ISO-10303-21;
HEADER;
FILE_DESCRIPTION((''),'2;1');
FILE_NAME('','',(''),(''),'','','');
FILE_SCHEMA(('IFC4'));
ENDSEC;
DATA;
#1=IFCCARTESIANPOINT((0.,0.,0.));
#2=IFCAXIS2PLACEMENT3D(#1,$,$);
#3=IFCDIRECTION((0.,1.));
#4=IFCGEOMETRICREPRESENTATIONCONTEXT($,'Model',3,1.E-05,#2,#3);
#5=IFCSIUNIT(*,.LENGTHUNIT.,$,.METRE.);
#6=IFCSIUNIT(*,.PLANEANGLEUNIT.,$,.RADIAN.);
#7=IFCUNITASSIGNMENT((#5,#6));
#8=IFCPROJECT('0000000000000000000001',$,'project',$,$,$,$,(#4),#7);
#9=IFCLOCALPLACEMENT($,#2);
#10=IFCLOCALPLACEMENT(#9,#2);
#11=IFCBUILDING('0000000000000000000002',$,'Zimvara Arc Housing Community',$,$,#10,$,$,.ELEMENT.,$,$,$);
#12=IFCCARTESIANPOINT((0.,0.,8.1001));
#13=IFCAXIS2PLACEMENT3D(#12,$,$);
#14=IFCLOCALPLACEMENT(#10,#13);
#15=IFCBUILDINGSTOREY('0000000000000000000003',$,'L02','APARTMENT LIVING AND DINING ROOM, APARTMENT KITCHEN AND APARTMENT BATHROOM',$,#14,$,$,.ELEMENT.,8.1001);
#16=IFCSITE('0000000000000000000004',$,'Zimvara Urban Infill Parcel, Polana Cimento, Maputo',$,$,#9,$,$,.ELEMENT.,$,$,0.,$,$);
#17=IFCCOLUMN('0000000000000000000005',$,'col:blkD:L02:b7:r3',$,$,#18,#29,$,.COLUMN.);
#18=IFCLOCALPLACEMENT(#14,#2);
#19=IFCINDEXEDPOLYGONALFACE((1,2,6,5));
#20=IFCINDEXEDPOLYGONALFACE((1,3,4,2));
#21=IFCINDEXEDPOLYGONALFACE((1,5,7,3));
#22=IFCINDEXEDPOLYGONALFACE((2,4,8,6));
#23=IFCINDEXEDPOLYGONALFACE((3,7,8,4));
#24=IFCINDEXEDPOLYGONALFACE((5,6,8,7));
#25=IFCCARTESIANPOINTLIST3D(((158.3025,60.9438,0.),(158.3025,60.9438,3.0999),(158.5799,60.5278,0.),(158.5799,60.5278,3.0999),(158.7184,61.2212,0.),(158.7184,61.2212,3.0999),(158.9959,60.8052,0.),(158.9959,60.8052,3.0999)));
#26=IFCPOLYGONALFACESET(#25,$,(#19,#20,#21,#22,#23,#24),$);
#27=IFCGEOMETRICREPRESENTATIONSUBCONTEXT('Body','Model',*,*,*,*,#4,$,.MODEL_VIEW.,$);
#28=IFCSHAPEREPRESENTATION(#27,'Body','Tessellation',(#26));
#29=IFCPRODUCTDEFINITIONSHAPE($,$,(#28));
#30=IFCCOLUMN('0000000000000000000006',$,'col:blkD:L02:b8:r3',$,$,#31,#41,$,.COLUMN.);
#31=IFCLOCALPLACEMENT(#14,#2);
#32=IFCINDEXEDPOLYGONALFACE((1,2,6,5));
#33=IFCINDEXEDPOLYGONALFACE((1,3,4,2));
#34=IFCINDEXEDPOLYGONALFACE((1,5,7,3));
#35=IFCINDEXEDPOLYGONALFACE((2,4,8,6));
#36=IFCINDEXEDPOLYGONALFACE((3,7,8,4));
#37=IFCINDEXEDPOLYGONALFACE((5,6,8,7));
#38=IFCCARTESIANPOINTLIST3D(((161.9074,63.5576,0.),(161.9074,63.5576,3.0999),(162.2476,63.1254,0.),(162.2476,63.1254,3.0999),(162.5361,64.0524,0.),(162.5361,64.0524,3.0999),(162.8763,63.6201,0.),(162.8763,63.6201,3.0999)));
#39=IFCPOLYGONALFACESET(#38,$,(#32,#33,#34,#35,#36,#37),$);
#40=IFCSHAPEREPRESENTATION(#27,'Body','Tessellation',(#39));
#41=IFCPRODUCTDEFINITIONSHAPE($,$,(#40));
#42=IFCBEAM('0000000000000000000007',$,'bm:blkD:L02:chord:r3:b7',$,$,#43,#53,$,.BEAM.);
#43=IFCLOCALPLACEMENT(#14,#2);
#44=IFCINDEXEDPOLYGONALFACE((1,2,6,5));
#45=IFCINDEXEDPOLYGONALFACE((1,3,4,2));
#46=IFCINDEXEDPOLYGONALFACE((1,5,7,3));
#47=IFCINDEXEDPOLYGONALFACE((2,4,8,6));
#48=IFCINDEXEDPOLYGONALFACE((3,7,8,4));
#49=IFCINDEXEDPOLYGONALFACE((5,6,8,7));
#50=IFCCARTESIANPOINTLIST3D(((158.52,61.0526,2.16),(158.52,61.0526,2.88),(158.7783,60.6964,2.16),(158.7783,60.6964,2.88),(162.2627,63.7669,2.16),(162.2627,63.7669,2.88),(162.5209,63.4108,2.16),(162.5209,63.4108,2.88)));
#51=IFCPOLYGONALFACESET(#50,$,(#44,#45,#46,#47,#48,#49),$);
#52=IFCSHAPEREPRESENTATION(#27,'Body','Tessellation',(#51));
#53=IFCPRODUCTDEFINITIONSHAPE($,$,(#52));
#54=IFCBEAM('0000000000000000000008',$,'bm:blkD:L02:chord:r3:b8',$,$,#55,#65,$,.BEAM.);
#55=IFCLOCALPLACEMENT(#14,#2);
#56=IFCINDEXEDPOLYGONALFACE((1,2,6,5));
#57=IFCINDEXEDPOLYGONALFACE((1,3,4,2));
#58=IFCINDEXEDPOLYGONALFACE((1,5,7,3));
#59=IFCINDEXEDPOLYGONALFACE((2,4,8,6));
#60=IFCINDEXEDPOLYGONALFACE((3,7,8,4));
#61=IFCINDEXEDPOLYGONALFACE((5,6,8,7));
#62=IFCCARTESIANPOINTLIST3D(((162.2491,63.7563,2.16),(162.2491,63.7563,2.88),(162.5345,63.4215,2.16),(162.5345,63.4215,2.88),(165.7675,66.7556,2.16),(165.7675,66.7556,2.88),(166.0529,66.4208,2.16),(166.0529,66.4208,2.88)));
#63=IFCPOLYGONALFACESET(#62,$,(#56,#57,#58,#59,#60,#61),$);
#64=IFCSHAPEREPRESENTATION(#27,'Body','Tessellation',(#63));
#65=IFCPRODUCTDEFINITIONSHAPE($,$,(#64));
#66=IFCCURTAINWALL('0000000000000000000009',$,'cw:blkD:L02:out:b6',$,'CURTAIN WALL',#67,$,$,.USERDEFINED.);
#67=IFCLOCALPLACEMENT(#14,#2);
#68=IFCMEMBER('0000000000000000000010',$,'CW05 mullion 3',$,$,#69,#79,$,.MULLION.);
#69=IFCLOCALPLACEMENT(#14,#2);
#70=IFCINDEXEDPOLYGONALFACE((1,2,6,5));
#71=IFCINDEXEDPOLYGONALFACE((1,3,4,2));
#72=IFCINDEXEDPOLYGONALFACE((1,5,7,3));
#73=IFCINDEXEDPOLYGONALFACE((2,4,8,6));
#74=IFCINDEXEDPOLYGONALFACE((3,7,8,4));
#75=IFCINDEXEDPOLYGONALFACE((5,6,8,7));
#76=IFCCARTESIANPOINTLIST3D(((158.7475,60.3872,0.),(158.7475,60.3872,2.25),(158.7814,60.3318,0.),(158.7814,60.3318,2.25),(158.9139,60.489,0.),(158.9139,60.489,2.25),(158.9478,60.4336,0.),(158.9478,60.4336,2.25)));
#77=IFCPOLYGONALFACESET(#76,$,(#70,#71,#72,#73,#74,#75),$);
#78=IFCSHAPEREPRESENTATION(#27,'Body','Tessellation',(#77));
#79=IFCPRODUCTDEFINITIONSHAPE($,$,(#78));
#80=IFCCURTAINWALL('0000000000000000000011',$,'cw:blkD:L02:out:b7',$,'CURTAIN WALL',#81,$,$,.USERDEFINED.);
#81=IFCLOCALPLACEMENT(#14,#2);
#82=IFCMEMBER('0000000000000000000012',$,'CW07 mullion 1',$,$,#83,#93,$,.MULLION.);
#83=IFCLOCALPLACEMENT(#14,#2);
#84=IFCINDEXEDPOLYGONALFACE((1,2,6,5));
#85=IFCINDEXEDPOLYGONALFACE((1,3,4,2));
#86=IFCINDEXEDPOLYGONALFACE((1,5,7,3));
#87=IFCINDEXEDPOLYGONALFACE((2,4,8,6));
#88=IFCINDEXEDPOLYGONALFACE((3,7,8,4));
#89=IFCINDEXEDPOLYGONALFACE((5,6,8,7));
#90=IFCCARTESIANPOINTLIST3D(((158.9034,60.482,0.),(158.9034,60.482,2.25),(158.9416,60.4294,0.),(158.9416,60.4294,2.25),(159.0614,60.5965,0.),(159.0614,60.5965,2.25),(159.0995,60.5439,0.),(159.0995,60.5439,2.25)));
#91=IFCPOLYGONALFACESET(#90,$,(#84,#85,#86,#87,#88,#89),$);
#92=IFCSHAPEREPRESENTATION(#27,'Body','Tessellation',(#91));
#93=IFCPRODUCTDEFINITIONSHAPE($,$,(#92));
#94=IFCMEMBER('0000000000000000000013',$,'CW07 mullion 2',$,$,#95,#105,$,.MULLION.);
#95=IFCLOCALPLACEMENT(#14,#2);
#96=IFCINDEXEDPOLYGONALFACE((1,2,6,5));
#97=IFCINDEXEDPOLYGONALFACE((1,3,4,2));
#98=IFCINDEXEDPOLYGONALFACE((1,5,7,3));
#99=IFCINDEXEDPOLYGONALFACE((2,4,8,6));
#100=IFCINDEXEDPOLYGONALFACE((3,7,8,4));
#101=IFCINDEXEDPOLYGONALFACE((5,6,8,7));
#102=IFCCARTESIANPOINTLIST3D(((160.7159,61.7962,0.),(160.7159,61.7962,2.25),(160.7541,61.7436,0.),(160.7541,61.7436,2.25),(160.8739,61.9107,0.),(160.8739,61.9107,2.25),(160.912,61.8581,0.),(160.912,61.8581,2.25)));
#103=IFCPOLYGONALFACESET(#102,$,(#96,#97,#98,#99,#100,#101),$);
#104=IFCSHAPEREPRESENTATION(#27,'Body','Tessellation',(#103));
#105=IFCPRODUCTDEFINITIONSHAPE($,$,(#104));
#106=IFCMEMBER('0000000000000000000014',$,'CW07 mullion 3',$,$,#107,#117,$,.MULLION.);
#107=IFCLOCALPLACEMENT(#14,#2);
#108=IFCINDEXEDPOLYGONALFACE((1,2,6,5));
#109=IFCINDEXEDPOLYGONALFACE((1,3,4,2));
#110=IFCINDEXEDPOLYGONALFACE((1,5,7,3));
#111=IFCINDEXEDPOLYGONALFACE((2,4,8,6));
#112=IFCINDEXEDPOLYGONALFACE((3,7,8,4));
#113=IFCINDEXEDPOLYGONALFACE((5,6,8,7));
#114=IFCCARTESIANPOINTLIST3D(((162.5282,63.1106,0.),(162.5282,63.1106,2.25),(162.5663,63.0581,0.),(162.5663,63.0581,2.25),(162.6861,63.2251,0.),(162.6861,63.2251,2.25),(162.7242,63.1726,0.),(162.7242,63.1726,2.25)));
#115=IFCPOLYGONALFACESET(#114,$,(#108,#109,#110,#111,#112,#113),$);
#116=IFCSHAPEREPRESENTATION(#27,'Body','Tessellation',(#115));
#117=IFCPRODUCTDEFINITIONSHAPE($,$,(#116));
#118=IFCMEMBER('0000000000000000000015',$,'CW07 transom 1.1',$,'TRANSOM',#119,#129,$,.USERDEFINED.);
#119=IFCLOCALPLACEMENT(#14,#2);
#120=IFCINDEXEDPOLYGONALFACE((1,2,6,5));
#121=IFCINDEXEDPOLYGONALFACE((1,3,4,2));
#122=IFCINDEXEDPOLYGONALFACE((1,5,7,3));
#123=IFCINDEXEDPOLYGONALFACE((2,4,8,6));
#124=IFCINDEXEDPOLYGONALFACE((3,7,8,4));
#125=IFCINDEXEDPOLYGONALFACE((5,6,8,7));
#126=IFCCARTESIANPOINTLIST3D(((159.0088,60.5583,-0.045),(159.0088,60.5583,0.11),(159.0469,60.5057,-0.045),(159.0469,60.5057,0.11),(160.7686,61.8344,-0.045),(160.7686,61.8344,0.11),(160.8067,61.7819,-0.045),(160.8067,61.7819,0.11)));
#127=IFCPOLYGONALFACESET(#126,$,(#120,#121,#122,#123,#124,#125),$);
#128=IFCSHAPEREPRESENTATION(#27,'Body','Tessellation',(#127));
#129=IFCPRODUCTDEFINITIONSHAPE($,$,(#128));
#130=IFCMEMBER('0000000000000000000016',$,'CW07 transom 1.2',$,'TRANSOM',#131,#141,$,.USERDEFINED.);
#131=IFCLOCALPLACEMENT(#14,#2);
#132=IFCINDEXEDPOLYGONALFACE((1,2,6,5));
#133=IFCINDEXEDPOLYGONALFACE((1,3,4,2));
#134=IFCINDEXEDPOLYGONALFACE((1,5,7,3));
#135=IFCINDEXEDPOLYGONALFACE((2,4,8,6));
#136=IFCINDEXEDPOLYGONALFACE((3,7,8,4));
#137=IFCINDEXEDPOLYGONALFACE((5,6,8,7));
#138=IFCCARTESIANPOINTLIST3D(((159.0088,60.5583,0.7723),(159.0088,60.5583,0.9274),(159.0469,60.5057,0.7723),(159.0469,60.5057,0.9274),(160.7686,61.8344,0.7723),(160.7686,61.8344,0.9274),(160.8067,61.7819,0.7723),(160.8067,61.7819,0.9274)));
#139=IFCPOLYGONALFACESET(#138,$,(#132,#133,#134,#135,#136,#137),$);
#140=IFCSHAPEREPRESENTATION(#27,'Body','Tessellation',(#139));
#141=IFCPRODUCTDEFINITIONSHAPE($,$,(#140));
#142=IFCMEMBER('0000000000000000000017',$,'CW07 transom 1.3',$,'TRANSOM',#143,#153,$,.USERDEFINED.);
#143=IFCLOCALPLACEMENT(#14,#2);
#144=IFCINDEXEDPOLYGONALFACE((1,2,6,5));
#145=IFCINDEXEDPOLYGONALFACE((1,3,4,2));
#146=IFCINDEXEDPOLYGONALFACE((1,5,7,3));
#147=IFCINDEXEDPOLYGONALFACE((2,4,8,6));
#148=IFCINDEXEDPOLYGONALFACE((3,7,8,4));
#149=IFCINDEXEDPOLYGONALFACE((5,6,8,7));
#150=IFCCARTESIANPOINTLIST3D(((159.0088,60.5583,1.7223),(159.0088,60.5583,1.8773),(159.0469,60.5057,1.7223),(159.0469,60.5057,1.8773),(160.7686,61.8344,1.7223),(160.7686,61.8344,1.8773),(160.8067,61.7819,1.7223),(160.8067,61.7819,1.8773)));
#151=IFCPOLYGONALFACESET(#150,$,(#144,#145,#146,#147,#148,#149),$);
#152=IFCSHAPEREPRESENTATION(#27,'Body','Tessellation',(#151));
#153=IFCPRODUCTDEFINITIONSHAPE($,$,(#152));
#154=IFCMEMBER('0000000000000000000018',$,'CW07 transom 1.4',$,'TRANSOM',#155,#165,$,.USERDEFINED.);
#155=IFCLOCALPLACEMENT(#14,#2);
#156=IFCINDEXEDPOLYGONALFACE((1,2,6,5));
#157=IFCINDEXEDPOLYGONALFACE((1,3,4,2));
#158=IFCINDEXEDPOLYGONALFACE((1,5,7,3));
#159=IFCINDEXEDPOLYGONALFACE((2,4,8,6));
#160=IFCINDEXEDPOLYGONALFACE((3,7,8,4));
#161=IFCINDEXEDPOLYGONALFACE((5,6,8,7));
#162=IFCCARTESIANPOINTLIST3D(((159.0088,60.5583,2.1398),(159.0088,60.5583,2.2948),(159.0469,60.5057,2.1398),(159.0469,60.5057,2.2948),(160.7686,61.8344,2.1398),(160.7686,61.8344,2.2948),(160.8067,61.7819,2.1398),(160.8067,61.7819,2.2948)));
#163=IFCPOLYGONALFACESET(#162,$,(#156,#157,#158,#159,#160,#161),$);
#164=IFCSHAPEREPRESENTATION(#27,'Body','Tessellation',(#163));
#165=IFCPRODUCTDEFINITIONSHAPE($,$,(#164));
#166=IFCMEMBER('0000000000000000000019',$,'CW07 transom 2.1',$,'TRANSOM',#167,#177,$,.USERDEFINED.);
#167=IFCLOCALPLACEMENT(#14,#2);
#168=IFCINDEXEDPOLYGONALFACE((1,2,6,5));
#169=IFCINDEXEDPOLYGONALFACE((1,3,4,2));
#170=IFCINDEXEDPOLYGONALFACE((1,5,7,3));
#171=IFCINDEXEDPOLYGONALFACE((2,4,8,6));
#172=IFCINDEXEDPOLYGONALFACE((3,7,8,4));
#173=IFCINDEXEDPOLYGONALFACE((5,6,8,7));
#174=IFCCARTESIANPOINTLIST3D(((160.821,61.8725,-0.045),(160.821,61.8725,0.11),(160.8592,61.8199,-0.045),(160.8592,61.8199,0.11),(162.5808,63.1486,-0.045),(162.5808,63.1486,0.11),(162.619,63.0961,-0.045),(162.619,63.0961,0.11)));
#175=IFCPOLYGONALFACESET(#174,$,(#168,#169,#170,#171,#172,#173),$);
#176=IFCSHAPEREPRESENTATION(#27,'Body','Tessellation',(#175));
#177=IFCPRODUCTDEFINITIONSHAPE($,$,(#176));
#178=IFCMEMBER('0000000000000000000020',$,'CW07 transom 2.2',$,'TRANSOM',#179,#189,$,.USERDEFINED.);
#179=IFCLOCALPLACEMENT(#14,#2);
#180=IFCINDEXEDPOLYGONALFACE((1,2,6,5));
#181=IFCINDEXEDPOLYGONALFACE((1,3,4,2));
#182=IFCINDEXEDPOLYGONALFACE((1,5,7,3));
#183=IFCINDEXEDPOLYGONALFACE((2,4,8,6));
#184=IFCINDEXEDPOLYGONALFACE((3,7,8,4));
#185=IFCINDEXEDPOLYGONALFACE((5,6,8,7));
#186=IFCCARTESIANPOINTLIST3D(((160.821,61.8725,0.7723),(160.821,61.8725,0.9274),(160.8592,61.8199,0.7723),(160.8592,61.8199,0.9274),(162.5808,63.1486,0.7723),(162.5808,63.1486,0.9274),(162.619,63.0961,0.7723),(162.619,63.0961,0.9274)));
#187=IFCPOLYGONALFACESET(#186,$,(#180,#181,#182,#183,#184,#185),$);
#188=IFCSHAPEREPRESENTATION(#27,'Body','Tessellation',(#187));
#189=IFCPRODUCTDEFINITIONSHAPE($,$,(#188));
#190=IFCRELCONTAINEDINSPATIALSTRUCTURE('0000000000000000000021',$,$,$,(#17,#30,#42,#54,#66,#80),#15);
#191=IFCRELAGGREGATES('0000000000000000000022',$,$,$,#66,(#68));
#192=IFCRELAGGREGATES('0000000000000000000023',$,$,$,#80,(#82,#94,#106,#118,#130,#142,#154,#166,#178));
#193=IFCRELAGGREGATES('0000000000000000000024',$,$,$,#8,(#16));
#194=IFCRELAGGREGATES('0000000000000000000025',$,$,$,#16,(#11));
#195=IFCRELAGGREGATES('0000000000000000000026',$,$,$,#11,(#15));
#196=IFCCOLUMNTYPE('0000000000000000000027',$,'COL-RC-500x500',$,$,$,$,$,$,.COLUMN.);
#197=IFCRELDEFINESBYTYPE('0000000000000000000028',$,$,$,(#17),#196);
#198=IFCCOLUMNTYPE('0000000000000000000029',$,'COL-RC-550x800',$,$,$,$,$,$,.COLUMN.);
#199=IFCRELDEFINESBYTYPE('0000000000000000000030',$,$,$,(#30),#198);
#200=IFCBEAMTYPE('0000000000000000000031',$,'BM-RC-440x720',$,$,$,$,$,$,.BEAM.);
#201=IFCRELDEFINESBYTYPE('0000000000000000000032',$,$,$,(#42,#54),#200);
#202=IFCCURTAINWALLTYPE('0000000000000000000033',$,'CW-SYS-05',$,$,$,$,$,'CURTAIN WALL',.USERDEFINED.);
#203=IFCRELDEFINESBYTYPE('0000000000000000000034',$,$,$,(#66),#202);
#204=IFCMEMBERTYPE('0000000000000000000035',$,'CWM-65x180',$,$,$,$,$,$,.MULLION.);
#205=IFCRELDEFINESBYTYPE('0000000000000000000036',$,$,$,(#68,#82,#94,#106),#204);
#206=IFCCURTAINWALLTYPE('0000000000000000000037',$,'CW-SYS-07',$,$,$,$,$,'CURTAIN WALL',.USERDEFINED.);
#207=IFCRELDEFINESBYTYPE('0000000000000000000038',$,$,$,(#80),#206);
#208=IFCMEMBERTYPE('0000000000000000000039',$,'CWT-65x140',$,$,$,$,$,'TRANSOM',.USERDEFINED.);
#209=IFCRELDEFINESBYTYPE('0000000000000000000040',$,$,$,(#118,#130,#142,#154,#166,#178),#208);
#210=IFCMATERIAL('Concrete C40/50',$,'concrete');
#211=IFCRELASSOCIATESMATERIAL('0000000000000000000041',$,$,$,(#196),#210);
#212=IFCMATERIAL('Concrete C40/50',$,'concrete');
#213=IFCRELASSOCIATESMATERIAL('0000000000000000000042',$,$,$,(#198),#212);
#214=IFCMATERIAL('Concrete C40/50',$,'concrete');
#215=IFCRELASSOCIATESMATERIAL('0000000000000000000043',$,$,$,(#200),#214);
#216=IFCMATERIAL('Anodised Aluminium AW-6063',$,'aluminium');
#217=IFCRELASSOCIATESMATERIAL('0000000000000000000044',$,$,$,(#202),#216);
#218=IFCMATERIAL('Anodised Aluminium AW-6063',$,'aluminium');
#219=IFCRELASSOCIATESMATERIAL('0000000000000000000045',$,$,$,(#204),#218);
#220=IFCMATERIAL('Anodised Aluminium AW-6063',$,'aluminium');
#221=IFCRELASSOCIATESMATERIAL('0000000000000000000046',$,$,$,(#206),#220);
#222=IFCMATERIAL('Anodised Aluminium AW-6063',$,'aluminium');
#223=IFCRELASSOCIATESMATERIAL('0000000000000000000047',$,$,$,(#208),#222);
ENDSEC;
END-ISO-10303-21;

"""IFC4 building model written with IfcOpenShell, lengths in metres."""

from ifc_helpers import new_model, si_unit, direction, frame, origin, origin_2d, place, context, subcontext, project, spatial, rectangle, extrude, material, material_profile, profile_set, type_object, element, aggregate, save


model = new_model("IFC4")

# Units and contexts
model_context = context("Model", 3, precision=1e-05, world=origin(), true_north=direction((0.0, 1.0)))
body_context = subcontext(model_context, "Body", "Model", "MODEL_VIEW")
ifc_project = project(units=[si_unit("LENGTHUNIT", "METRE"), si_unit("PLANEANGLEUNIT", "RADIAN")], contexts=[model_context])

# Site, building, storey
site_placement = place(None, origin())
site = spatial("IfcSite", under=ifc_project, at=site_placement, Name="Zimvara Urban Infill Parcel, Polana Cimento, Maputo", CompositionType="ELEMENT", RefElevation=0.0)
building_placement = place(site_placement, origin())
building = spatial("IfcBuilding", under=site, at=building_placement, Name="Zimvara Arc Housing Community", CompositionType="ELEMENT")
storey_placement = place(building_placement, frame((0.0, 0.0, 8.1001)))
storey = spatial("IfcBuildingStorey", under=building, at=storey_placement, Name="L02", Description="APARTMENT LIVING AND DINING ROOM, APARTMENT KITCHEN AND APARTMENT BATHROOM", CompositionType="ELEMENT", Elevation=8.1001)

# Columns
ifc_material_1 = material(Name="Concrete C40/50", Category="concrete")
ifc_material_profile_1 = material_profile(ifc_material_1, rectangle(XDim=0.5, YDim=0.5, at=origin_2d()), Name="RC 500x500")
ifc_profile_set_1 = profile_set([ifc_material_profile_1], Name="Concrete C40/50")
column_type_1 = type_object("IfcColumnType", Name="COL-RC-500x500", PredefinedType="COLUMN", material=ifc_profile_set_1)
column_1_placement = place(storey_placement, frame((158.6492, 60.8745, 0.0), z_axis=(0.0, 0.0, 1.0), x_axis=(0.554844, -0.831954, 0.0)))
element("IfcColumn", 1, at=column_1_placement, inside=storey, type_object=column_type_1, Name="col:blkD:L02:b7:r3", PredefinedType="COLUMN", context=body_context, shape_type="SweptSolid", body=[
    extrude(rectangle(XDim=0.5, YDim=0.5, at=origin_2d()), origin(), (0.0, 0.0, 1.0), 3.0999),
])
ifc_material_2 = material(Name="Concrete C40/50", Category="concrete")
ifc_material_profile_2 = material_profile(ifc_material_2, rectangle(XDim=0.55, YDim=0.8, at=origin_2d()), Name="RC 550x800")
ifc_profile_set_2 = profile_set([ifc_material_profile_2], Name="Concrete C40/50")
column_type_2 = type_object("IfcColumnType", Name="COL-RC-550x800", PredefinedType="COLUMN", material=ifc_profile_set_2)
column_2_placement = place(storey_placement, frame((162.3918, 63.5889, 0.0), z_axis=(0.0, 0.0, 1.0), x_axis=(0.618408, -0.785857, 0.0)))
element("IfcColumn", 2, at=column_2_placement, inside=storey, type_object=column_type_2, Name="col:blkD:L02:b8:r3", PredefinedType="COLUMN", context=body_context, shape_type="SweptSolid", body=[
    extrude(rectangle(XDim=0.55, YDim=0.8, at=origin_2d()), origin(), (0.0, 0.0, 1.0), 3.0999),
])

# Beams
ifc_material_3 = material(Name="Concrete C40/50", Category="concrete")
ifc_material_profile_3 = material_profile(ifc_material_3, rectangle(XDim=0.4399, YDim=0.72, at=origin_2d()), Name="RC 440x720")
ifc_profile_set_3 = profile_set([ifc_material_profile_3], Name="Concrete C40/50")
beam_type = type_object("IfcBeamType", Name="BM-RC-440x720", PredefinedType="BEAM", material=ifc_profile_set_3)
for number, where, z_axis, x_axis, name in (
    (3, (158.6492, 60.8745, 2.52), (0.809516, 0.587097, 0.0), (-0.587097, 0.809516, 0.0), "bm:blkD:L02:chord:r3:b7"),
    (4, (162.3918, 63.5889, 2.52), (0.76101, 0.648741, 0.0), (-0.648741, 0.76101, 0.0), "bm:blkD:L02:chord:r3:b8"),
):
    element("IfcBeam", number, at=place(storey_placement, frame(where, z_axis=z_axis, x_axis=x_axis)), inside=storey, type_object=beam_type, Name=name, PredefinedType="BEAM", context=body_context, shape_type="SweptSolid", body=[
        extrude(rectangle(XDim=0.4399, YDim=0.72, at=origin_2d()), origin(), (0.0, 0.0, 1.0), 4.6233),
    ])

# Curtain wall, member
ifc_material_4 = material(Name="Anodised Aluminium AW-6063", Category="aluminium")
curtain_wall_type_1 = type_object("IfcCurtainWallType", Name="CW-SYS-05", ElementType="CURTAIN WALL", PredefinedType="USERDEFINED", material=ifc_material_4)
curtain_wall_1_placement = place(storey_placement, origin())
curtain_wall_1 = element("IfcCurtainWall", 5, at=curtain_wall_1_placement, inside=storey, type_object=curtain_wall_type_1, Name="cw:blkD:L02:out:b6", ObjectType="CURTAIN WALL", PredefinedType="USERDEFINED")
ifc_material_5 = material(Name="Anodised Aluminium AW-6063", Category="aluminium")
ifc_material_profile_4 = material_profile(ifc_material_5, rectangle(XDim=0.0649, YDim=0.1951, at=origin_2d()), Name="ALU 65x195")
ifc_profile_set_4 = profile_set([ifc_material_profile_4], Name="Anodised Aluminium AW-6063")
member_type_1 = type_object("IfcMemberType", Name="CWM-65x180", PredefinedType="MULLION", material=ifc_profile_set_4)
member_1_placement = place(storey_placement, frame((158.8477, 60.4104, 0.0), z_axis=(0.0, 0.0, 1.0), x_axis=(-0.521754, 0.853096, 0.0)))
member_1 = element("IfcMember", 6, at=member_1_placement, type_object=member_type_1, Name="CW05 mullion 3", PredefinedType="MULLION", context=body_context, shape_type="SweptSolid", body=[
    extrude(rectangle(XDim=0.0649, YDim=0.1951, at=origin_2d()), origin(), (0.0, 0.0, 1.0), 2.25),
])

# Curtain wall, members
ifc_material_6 = material(Name="Anodised Aluminium AW-6063", Category="aluminium")
curtain_wall_type_2 = type_object("IfcCurtainWallType", Name="CW-SYS-07", ElementType="CURTAIN WALL", PredefinedType="USERDEFINED", material=ifc_material_6)
curtain_wall_2_placement = place(storey_placement, origin())
curtain_wall_2 = element("IfcCurtainWall", 7, at=curtain_wall_2_placement, inside=storey, type_object=curtain_wall_type_2, Name="cw:blkD:L02:out:b7", ObjectType="CURTAIN WALL", PredefinedType="USERDEFINED")
member_2_placement = place(storey_placement, frame((159.0015, 60.5129, 0.0), z_axis=(0.0, 0.0, 1.0), x_axis=(-0.587078, 0.80953, 0.0)))
member_2 = element("IfcMember", 8, at=member_2_placement, type_object=member_type_1, Name="CW07 mullion 1", PredefinedType="MULLION", context=body_context, shape_type="SweptSolid", body=[
    extrude(rectangle(XDim=0.0649, YDim=0.1951, at=origin_2d()), origin(), (0.0, 0.0, 1.0), 2.25),
])
member_3_placement = place(storey_placement, frame((160.814, 61.8271, 0.0), z_axis=(0.0, 0.0, 1.0), x_axis=(-0.587078, 0.80953, 0.0)))
member_3 = element("IfcMember", 9, at=member_3_placement, type_object=member_type_1, Name="CW07 mullion 2", PredefinedType="MULLION", context=body_context, shape_type="SweptSolid", body=[
    extrude(rectangle(XDim=0.0649, YDim=0.1951, at=origin_2d()), origin(), (0.0, 0.0, 1.0), 2.25),
])
member_4_placement = place(storey_placement, frame((162.6262, 63.1416, 0.0), z_axis=(0.0, 0.0, 1.0), x_axis=(-0.587078, 0.80953, 0.0)))
member_4 = element("IfcMember", 10, at=member_4_placement, type_object=member_type_1, Name="CW07 mullion 3", PredefinedType="MULLION", context=body_context, shape_type="SweptSolid", body=[
    extrude(rectangle(XDim=0.0649, YDim=0.1951, at=origin_2d()), origin(), (0.0, 0.0, 1.0), 2.25),
])
ifc_material_7 = material(Name="Anodised Aluminium AW-6063", Category="aluminium")
ifc_material_profile_5 = material_profile(ifc_material_7, rectangle(XDim=0.0649, YDim=0.155, at=origin_2d()), Name="ALU 65x155")
ifc_profile_set_5 = profile_set([ifc_material_profile_5], Name="Anodised Aluminium AW-6063")
member_type_2 = type_object("IfcMemberType", Name="CWT-65x140", ElementType="TRANSOM", PredefinedType="USERDEFINED", material=ifc_profile_set_5)
member_5_placement = place(storey_placement, frame((159.0278, 60.532, 0.0325), z_axis=(0.809546, 0.587056, 0.0), x_axis=(-0.587056, 0.809546, 0.0)))
member_5 = element("IfcMember", 11, at=member_5_placement, type_object=member_type_2, Name="CW07 transom 1.1", ObjectType="TRANSOM", PredefinedType="USERDEFINED", context=body_context, shape_type="SweptSolid", body=[
    extrude(rectangle(XDim=0.0649, YDim=0.155, at=origin_2d()), origin(), (0.0, 0.0, 1.0), 2.1738),
])
member_6_placement = place(storey_placement, frame((159.0278, 60.532, 0.8499), z_axis=(0.809546, 0.587056, 0.0), x_axis=(-0.587056, 0.809546, 0.0)))
member_6 = element("IfcMember", 12, at=member_6_placement, type_object=member_type_2, Name="CW07 transom 1.2", ObjectType="TRANSOM", PredefinedType="USERDEFINED", context=body_context, shape_type="SweptSolid", body=[
    extrude(rectangle(XDim=0.0649, YDim=0.155, at=origin_2d()), origin(), (0.0, 0.0, 1.0), 2.1738),
])
member_7_placement = place(storey_placement, frame((159.0278, 60.532, 1.7998), z_axis=(0.809546, 0.587056, 0.0), x_axis=(-0.587056, 0.809546, 0.0)))
member_7 = element("IfcMember", 13, at=member_7_placement, type_object=member_type_2, Name="CW07 transom 1.3", ObjectType="TRANSOM", PredefinedType="USERDEFINED", context=body_context, shape_type="SweptSolid", body=[
    extrude(rectangle(XDim=0.0649, YDim=0.155, at=origin_2d()), origin(), (0.0, 0.0, 1.0), 2.1738),
])
member_8_placement = place(storey_placement, frame((159.0278, 60.532, 2.2173), z_axis=(0.809546, 0.587056, 0.0), x_axis=(-0.587056, 0.809546, 0.0)))
member_8 = element("IfcMember", 14, at=member_8_placement, type_object=member_type_2, Name="CW07 transom 1.4", ObjectType="TRANSOM", PredefinedType="USERDEFINED", context=body_context, shape_type="SweptSolid", body=[
    extrude(rectangle(XDim=0.0649, YDim=0.155, at=origin_2d()), origin(), (0.0, 0.0, 1.0), 2.1738),
])
member_9_placement = place(storey_placement, frame((160.8401, 61.8462, 0.0325), z_axis=(0.809546, 0.587056, 0.0), x_axis=(-0.587056, 0.809546, 0.0)))
member_9 = element("IfcMember", 15, at=member_9_placement, type_object=member_type_2, Name="CW07 transom 2.1", ObjectType="TRANSOM", PredefinedType="USERDEFINED", context=body_context, shape_type="SweptSolid", body=[
    extrude(rectangle(XDim=0.0649, YDim=0.155, at=origin_2d()), origin(), (0.0, 0.0, 1.0), 2.1738),
])
member_10_placement = place(storey_placement, frame((160.8401, 61.8462, 0.8499), z_axis=(0.809546, 0.587056, 0.0), x_axis=(-0.587056, 0.809546, 0.0)))
member_10 = element("IfcMember", 16, at=member_10_placement, type_object=member_type_2, Name="CW07 transom 2.2", ObjectType="TRANSOM", PredefinedType="USERDEFINED", context=body_context, shape_type="SweptSolid", body=[
    extrude(rectangle(XDim=0.0649, YDim=0.155, at=origin_2d()), origin(), (0.0, 0.0, 1.0), 2.1738),
])

aggregate(curtain_wall_1, [member_1])
aggregate(curtain_wall_2, [member_2, member_3, member_4, member_5, member_6, member_7, member_8, member_9, member_10])

save(model, "model.ifc")
